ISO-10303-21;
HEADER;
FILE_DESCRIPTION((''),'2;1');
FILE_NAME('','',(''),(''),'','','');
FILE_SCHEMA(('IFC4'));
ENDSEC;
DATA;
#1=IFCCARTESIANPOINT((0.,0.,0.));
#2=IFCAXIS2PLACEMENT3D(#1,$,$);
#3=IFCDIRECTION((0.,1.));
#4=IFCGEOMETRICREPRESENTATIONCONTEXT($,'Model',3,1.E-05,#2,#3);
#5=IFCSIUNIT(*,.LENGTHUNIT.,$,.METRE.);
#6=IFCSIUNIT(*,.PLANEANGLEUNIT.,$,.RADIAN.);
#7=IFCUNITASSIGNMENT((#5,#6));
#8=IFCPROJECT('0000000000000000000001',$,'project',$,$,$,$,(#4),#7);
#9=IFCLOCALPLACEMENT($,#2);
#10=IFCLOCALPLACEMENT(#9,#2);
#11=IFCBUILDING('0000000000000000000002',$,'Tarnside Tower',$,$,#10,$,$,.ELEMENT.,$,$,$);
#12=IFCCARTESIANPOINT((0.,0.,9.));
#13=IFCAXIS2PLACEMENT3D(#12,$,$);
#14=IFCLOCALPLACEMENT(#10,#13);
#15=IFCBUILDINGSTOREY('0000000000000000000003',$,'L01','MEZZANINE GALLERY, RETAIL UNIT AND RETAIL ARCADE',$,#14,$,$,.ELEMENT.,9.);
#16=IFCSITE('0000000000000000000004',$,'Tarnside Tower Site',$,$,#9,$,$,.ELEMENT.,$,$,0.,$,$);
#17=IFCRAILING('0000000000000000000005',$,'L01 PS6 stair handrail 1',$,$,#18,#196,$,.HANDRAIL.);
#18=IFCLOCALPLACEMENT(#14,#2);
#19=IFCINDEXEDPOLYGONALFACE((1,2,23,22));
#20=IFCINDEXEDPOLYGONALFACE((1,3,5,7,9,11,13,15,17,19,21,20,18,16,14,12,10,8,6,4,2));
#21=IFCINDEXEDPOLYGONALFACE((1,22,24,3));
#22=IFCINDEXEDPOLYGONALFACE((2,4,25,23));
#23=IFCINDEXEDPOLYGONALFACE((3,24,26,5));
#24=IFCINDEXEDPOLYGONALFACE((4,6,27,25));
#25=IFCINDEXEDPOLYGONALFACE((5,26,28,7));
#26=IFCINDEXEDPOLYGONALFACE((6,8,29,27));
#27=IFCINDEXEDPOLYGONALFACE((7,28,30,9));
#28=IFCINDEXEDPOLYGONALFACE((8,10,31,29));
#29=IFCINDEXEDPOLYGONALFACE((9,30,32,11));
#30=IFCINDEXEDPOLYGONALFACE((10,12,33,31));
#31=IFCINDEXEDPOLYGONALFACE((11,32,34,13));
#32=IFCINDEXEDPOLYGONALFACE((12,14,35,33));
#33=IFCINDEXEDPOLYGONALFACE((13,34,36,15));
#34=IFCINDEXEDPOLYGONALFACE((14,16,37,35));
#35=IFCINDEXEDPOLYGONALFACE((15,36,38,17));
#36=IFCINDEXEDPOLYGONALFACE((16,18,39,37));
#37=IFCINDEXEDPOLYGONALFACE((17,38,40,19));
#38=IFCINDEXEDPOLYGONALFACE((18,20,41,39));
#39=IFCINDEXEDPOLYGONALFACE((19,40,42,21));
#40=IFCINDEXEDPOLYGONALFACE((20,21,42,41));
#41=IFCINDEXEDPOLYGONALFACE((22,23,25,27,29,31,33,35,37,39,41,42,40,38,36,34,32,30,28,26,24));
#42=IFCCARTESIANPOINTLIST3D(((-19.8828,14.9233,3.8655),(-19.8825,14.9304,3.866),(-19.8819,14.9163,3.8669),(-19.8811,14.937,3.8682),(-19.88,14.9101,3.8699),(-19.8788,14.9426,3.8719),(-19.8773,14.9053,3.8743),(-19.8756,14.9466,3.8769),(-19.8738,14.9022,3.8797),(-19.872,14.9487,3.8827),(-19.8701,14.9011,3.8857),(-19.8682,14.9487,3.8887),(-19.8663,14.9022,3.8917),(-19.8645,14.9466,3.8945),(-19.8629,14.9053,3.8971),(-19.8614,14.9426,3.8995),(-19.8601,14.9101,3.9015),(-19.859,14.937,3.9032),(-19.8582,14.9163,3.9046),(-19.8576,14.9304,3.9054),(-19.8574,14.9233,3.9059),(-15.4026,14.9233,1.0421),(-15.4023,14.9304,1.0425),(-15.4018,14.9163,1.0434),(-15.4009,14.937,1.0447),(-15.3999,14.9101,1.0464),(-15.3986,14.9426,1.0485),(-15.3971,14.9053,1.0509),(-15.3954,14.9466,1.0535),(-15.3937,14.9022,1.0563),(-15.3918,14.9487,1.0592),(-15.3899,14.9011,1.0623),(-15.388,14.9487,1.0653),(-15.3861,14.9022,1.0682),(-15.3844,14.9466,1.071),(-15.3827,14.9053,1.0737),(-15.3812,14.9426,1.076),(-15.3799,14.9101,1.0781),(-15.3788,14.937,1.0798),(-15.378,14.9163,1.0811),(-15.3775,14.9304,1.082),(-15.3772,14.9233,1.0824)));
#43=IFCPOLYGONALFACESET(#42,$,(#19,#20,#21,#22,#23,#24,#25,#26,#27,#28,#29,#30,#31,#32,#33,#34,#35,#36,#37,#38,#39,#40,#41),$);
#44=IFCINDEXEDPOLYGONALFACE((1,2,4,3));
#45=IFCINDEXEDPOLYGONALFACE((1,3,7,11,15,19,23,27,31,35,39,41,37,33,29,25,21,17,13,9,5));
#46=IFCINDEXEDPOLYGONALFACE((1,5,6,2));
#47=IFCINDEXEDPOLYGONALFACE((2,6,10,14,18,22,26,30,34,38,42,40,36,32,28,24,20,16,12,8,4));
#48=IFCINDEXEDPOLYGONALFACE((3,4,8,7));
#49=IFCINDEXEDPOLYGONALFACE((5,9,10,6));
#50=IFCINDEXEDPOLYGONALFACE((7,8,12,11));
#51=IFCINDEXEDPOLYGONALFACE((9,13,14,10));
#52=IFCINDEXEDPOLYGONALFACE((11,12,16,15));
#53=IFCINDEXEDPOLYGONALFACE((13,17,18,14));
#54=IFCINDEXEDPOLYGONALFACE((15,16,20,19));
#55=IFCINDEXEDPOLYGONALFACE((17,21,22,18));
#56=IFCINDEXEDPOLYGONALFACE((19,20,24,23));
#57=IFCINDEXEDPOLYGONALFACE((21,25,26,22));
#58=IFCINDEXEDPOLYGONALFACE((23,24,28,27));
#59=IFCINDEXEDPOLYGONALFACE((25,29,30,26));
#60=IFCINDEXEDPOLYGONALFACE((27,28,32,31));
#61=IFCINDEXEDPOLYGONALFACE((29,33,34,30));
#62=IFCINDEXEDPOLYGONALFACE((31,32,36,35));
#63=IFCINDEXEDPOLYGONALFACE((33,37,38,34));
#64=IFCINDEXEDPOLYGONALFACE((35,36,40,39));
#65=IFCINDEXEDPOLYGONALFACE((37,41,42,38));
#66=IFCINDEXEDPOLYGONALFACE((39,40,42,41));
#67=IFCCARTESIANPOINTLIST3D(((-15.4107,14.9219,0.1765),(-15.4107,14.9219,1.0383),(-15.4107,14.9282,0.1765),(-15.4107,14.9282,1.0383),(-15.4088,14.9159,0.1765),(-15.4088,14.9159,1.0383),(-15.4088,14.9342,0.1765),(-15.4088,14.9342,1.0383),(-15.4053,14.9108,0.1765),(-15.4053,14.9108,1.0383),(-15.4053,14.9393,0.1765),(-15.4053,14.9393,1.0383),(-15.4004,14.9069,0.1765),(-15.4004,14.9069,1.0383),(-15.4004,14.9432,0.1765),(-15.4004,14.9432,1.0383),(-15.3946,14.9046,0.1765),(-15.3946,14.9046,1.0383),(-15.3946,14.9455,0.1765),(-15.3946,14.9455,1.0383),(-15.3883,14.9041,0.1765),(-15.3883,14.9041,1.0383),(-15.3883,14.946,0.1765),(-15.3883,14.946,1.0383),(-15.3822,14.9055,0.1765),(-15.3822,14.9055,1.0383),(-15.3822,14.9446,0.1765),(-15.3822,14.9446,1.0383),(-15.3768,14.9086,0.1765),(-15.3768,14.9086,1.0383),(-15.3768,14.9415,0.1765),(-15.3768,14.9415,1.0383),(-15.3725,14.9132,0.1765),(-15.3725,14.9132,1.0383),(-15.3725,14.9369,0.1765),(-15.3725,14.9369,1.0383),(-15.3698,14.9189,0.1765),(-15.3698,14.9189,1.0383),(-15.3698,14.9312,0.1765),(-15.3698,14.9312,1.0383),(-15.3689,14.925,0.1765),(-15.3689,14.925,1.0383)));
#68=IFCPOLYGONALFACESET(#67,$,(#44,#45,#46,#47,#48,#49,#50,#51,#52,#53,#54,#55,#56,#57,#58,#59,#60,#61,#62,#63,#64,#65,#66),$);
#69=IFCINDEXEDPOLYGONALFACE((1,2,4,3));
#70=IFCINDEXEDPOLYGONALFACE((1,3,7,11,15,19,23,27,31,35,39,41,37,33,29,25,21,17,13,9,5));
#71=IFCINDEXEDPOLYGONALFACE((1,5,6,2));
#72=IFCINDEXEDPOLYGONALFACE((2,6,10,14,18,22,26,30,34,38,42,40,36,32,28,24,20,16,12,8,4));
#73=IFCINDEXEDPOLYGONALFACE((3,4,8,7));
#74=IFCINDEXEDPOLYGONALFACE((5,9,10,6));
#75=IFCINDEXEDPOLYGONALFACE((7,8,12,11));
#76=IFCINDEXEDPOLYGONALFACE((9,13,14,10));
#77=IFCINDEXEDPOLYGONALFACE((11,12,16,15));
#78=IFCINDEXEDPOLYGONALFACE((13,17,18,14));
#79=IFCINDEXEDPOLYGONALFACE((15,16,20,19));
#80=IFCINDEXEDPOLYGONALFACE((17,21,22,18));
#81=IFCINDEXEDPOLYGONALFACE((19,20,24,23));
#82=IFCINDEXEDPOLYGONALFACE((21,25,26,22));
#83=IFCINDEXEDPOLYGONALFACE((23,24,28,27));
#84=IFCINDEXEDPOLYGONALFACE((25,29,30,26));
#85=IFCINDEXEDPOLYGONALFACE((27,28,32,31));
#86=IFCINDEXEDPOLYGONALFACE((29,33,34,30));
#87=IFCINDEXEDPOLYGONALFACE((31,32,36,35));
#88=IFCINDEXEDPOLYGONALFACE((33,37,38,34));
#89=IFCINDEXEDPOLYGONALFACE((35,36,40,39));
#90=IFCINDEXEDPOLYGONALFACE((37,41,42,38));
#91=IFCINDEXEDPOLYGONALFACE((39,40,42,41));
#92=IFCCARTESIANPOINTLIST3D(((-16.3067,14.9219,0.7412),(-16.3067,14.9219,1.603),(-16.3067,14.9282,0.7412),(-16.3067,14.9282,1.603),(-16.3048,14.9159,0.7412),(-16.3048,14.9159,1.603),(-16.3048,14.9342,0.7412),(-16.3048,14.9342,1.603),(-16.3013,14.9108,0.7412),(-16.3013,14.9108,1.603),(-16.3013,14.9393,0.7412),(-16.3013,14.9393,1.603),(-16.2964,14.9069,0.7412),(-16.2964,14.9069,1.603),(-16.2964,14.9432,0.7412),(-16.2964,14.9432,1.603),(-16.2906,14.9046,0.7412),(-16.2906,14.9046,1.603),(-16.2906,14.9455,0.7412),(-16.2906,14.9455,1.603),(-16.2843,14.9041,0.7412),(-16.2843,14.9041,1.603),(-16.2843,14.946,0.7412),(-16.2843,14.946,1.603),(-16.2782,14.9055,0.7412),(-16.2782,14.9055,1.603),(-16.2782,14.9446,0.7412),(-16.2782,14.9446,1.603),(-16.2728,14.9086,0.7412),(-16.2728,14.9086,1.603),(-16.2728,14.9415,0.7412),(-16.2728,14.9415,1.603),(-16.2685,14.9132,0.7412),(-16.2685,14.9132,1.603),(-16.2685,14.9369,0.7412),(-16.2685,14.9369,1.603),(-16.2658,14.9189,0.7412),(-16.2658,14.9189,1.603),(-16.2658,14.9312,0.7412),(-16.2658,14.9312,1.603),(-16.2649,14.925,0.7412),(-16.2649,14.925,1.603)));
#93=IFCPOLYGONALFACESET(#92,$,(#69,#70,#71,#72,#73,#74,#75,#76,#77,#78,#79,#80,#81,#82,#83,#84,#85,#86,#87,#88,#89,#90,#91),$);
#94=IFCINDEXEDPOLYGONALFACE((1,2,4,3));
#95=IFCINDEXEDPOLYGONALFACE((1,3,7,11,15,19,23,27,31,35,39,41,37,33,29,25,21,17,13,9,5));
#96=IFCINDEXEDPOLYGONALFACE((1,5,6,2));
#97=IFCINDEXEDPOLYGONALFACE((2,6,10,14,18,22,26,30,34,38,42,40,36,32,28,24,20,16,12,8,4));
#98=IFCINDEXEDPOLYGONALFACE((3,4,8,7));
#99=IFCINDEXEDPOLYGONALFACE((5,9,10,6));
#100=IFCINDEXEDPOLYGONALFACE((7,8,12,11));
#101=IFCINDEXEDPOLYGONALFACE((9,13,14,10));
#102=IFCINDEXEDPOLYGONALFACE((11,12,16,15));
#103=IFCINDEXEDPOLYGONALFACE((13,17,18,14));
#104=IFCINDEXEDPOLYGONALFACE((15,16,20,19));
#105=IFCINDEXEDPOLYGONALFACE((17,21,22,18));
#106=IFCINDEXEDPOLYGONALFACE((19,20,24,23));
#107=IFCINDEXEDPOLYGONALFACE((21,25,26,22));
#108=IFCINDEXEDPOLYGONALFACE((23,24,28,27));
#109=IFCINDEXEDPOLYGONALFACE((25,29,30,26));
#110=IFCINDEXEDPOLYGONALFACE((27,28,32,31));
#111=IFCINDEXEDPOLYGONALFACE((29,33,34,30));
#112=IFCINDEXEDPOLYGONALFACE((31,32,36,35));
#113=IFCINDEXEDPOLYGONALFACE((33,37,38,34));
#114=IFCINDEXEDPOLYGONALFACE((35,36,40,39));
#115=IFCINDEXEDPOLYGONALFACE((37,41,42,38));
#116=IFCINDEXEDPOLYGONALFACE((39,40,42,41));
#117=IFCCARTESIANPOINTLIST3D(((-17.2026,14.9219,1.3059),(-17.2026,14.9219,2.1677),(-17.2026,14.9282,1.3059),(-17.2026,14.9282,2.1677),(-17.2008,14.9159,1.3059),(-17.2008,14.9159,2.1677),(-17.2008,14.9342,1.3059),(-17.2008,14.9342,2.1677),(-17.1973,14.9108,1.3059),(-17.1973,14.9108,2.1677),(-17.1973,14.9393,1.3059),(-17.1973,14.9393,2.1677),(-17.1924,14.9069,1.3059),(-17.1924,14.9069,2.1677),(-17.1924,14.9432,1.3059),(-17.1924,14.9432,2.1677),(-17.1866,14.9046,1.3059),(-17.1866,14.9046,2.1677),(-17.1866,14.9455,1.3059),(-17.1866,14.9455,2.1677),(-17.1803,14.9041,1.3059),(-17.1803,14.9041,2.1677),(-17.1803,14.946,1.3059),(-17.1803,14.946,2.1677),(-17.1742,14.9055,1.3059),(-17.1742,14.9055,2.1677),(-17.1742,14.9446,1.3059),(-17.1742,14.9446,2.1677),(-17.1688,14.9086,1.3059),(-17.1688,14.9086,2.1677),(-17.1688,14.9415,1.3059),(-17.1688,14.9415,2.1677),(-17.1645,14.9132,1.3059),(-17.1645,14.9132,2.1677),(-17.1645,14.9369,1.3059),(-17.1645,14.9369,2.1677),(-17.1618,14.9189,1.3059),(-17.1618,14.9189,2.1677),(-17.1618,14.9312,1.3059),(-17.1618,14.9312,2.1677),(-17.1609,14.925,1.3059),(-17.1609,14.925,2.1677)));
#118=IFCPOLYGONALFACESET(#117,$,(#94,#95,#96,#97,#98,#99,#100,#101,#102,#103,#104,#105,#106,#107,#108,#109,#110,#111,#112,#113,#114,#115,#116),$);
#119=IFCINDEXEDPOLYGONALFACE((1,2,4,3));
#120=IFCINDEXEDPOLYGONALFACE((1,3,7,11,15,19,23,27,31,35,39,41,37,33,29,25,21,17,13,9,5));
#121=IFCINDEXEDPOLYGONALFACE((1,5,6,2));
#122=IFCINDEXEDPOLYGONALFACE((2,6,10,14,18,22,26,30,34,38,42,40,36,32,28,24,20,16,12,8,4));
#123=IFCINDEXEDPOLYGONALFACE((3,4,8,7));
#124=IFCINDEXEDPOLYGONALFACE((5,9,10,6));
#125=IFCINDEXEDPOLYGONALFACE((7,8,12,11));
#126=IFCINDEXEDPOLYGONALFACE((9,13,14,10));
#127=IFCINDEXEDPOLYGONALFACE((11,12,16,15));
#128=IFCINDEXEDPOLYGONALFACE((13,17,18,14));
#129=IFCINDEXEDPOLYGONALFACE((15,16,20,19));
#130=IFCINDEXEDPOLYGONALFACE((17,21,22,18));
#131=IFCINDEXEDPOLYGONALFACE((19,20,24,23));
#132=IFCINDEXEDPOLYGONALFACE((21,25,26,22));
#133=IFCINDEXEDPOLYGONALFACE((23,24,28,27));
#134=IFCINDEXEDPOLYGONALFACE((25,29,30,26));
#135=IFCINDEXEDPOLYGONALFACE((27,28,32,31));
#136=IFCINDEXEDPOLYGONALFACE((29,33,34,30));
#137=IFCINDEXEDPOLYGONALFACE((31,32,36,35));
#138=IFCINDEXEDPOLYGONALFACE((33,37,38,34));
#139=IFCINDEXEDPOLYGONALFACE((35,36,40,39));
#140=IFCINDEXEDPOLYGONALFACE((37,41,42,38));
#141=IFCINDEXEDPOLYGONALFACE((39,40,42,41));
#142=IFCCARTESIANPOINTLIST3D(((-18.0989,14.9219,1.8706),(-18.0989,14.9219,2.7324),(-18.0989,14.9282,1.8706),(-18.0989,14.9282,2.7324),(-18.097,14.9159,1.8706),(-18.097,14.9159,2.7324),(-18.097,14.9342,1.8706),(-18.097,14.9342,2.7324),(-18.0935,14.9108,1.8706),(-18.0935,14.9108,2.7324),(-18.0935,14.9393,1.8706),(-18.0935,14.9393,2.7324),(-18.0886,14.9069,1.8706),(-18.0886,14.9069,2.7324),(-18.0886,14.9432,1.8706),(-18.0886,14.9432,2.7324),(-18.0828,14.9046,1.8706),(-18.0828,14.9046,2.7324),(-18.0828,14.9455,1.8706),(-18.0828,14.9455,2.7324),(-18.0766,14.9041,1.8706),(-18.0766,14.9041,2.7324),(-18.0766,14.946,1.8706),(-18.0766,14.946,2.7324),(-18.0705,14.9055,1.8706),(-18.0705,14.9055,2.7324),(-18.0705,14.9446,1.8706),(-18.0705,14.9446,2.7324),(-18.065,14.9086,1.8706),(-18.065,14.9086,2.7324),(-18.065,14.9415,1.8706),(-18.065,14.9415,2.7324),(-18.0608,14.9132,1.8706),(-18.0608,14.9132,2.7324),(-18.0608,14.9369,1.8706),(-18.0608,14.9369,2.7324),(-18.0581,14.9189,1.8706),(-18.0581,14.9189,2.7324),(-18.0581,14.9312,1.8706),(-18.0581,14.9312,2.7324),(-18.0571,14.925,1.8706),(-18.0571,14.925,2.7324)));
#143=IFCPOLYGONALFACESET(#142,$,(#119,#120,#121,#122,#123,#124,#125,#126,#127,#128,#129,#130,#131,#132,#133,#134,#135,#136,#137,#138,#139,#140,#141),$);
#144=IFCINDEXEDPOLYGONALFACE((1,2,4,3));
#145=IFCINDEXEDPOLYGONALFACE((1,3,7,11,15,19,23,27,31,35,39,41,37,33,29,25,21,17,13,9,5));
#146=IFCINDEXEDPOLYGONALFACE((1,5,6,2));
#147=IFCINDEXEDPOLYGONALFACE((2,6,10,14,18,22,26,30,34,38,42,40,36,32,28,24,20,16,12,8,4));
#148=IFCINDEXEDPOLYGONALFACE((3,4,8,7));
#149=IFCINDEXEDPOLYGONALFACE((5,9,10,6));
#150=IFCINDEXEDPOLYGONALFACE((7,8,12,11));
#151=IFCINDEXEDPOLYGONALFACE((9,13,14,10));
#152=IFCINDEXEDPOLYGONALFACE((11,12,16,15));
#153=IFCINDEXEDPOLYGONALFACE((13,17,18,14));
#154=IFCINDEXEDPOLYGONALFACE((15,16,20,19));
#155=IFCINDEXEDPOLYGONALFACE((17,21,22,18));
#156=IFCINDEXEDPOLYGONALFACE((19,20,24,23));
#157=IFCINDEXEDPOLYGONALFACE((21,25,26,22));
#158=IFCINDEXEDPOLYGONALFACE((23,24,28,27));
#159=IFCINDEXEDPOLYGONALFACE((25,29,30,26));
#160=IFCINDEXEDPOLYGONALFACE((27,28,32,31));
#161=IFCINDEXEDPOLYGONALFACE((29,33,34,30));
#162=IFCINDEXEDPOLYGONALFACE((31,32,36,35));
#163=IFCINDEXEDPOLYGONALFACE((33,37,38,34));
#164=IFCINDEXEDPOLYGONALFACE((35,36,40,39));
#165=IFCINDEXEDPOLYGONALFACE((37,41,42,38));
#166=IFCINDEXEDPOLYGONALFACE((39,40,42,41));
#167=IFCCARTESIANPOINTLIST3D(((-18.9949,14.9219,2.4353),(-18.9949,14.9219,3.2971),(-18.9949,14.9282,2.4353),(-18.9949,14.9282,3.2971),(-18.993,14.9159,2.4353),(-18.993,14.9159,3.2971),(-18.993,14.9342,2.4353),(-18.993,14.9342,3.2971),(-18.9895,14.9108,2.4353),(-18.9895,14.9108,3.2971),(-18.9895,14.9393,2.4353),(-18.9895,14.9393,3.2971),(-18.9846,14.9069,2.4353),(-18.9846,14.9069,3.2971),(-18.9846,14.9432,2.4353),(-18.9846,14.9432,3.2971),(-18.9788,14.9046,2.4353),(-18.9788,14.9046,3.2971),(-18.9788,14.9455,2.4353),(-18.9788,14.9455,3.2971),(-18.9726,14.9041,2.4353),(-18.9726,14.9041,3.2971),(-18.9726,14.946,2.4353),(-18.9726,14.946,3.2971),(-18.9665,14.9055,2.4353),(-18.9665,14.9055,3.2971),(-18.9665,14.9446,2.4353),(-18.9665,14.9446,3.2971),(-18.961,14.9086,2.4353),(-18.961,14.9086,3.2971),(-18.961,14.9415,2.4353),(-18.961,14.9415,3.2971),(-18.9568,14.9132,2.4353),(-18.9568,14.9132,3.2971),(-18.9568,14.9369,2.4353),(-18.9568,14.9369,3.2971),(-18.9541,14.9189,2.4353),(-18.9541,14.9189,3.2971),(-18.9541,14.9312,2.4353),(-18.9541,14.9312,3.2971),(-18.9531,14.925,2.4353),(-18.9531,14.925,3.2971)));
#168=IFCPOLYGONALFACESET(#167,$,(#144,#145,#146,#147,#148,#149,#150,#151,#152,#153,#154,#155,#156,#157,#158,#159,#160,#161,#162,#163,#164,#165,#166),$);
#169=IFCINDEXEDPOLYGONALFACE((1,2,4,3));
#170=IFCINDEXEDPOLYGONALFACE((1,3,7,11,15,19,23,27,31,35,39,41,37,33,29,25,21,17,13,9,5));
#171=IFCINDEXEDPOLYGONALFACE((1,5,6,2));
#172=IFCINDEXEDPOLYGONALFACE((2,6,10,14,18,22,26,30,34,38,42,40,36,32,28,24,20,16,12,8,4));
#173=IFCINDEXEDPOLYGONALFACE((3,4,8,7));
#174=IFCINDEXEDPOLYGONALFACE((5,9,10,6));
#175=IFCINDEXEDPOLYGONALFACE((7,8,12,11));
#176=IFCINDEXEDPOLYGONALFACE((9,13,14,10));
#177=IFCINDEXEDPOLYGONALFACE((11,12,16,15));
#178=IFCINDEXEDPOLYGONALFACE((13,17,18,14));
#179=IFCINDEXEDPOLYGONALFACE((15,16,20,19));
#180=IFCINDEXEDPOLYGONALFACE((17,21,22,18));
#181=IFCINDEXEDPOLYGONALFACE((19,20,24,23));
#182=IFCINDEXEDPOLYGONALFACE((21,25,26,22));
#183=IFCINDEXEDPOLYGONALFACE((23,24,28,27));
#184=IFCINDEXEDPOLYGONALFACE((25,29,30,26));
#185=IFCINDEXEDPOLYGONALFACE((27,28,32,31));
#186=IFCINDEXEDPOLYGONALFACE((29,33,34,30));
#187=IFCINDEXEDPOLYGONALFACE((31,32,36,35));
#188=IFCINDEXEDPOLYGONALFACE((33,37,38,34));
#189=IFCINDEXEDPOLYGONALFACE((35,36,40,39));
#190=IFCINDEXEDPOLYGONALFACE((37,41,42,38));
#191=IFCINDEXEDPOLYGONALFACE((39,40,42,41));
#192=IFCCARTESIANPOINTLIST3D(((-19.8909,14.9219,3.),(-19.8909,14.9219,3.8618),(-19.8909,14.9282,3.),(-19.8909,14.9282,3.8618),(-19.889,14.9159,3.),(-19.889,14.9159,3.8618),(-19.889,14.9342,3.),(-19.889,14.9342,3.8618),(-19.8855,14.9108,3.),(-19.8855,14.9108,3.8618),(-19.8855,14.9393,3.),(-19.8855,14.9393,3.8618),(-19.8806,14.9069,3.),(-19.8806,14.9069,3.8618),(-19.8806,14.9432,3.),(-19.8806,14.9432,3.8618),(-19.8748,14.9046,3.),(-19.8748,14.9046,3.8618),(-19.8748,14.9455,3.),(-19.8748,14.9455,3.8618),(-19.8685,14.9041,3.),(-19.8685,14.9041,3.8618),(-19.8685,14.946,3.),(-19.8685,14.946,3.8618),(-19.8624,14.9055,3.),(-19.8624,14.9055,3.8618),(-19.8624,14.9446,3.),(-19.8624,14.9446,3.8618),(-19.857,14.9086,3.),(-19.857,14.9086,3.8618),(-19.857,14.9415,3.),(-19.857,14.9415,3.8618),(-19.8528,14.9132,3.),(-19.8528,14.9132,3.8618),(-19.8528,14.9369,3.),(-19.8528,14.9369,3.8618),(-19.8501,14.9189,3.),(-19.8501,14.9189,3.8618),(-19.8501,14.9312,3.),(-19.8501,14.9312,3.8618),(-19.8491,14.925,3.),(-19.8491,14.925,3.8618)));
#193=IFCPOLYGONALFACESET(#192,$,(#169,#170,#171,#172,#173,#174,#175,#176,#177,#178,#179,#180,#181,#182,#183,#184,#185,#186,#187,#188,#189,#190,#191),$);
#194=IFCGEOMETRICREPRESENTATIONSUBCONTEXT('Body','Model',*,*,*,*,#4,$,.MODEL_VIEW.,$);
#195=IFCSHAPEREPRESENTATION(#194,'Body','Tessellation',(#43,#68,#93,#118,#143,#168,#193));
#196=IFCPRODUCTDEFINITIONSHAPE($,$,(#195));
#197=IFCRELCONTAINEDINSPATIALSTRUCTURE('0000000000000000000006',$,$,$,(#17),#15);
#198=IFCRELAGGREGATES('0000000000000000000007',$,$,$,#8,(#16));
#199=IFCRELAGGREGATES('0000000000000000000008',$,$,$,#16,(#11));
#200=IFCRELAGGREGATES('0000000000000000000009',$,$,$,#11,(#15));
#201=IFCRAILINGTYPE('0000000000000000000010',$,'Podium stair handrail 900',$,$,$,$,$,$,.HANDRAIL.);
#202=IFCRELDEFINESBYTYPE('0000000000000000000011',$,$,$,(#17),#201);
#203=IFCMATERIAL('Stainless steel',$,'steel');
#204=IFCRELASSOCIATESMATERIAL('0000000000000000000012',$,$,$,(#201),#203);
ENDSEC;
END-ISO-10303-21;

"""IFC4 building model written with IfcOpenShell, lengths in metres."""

from ifc_helpers import new_model, si_unit, direction, frame, origin, origin_2d, place, context, subcontext, project, spatial, circle, extrude, material, type_object, element, save


model = new_model("IFC4")

# Units and contexts
model_context = context("Model", 3, precision=1e-05, world=origin(), true_north=direction((0.0, 1.0)))
body_context = subcontext(model_context, "Body", "Model", "MODEL_VIEW")
ifc_project = project(units=[si_unit("LENGTHUNIT", "METRE"), si_unit("PLANEANGLEUNIT", "RADIAN")], contexts=[model_context])

# Site, building, storey
site_placement = place(None, origin())
site = spatial("IfcSite", under=ifc_project, at=site_placement, Name="Tarnside Tower Site", CompositionType="ELEMENT", RefElevation=0.0)
building_placement = place(site_placement, origin())
building = spatial("IfcBuilding", under=site, at=building_placement, Name="Tarnside Tower", CompositionType="ELEMENT")
storey_placement = place(building_placement, frame((0.0, 0.0, 9.0)))
storey = spatial("IfcBuildingStorey", under=building, at=storey_placement, Name="L01", Description="MEZZANINE GALLERY, RETAIL UNIT AND RETAIL ARCADE", CompositionType="ELEMENT", Elevation=9.0)

# Railing
ifc_material_1 = material(Name="Stainless steel", Category="steel")
railing_type_1 = type_object("IfcRailingType", Name="Podium stair handrail 900", PredefinedType="HANDRAIL", material=ifc_material_1)
railing_1_placement = place(storey_placement, frame((-15.3899, 14.925, 0.1765)))
element("IfcRailing", 1, at=railing_1_placement, inside=storey, type_object=railing_type_1, Name="L01 PS6 stair handrail 1", PredefinedType="HANDRAIL", context=body_context, shape_type="SweptSolid", body=[
    extrude(circle(Radius=0.0239, at=origin_2d()), frame((0.0, 0.0, 0.8857), z_axis=(-0.846011, 0.0, 0.533165), x_axis=(0.0, -1.0, 0.0)), (0.0, 0.0, 1.0), 5.2957),
    extrude(circle(Radius=0.021, at=origin_2d()), origin(), (0.0, 0.0, 1.0), 0.8618),
    extrude(circle(Radius=0.021, at=origin_2d()), frame((-0.896, 0.0, 0.5647)), (0.0, 0.0, 1.0), 0.8618),
    extrude(circle(Radius=0.021, at=origin_2d()), frame((-1.792, 0.0, 1.1294)), (0.0, 0.0, 1.0), 0.8618),
    extrude(circle(Radius=0.021, at=origin_2d()), frame((-2.6882, 0.0, 1.6941)), (0.0, 0.0, 1.0), 0.8618),
    extrude(circle(Radius=0.021, at=origin_2d()), frame((-3.5842, 0.0, 2.2588)), (0.0, 0.0, 1.0), 0.8618),
    extrude(circle(Radius=0.021, at=origin_2d()), frame((-4.4802, 0.0, 2.8235)), (0.0, 0.0, 1.0), 0.8618),
])

save(model, "model.ifc")
